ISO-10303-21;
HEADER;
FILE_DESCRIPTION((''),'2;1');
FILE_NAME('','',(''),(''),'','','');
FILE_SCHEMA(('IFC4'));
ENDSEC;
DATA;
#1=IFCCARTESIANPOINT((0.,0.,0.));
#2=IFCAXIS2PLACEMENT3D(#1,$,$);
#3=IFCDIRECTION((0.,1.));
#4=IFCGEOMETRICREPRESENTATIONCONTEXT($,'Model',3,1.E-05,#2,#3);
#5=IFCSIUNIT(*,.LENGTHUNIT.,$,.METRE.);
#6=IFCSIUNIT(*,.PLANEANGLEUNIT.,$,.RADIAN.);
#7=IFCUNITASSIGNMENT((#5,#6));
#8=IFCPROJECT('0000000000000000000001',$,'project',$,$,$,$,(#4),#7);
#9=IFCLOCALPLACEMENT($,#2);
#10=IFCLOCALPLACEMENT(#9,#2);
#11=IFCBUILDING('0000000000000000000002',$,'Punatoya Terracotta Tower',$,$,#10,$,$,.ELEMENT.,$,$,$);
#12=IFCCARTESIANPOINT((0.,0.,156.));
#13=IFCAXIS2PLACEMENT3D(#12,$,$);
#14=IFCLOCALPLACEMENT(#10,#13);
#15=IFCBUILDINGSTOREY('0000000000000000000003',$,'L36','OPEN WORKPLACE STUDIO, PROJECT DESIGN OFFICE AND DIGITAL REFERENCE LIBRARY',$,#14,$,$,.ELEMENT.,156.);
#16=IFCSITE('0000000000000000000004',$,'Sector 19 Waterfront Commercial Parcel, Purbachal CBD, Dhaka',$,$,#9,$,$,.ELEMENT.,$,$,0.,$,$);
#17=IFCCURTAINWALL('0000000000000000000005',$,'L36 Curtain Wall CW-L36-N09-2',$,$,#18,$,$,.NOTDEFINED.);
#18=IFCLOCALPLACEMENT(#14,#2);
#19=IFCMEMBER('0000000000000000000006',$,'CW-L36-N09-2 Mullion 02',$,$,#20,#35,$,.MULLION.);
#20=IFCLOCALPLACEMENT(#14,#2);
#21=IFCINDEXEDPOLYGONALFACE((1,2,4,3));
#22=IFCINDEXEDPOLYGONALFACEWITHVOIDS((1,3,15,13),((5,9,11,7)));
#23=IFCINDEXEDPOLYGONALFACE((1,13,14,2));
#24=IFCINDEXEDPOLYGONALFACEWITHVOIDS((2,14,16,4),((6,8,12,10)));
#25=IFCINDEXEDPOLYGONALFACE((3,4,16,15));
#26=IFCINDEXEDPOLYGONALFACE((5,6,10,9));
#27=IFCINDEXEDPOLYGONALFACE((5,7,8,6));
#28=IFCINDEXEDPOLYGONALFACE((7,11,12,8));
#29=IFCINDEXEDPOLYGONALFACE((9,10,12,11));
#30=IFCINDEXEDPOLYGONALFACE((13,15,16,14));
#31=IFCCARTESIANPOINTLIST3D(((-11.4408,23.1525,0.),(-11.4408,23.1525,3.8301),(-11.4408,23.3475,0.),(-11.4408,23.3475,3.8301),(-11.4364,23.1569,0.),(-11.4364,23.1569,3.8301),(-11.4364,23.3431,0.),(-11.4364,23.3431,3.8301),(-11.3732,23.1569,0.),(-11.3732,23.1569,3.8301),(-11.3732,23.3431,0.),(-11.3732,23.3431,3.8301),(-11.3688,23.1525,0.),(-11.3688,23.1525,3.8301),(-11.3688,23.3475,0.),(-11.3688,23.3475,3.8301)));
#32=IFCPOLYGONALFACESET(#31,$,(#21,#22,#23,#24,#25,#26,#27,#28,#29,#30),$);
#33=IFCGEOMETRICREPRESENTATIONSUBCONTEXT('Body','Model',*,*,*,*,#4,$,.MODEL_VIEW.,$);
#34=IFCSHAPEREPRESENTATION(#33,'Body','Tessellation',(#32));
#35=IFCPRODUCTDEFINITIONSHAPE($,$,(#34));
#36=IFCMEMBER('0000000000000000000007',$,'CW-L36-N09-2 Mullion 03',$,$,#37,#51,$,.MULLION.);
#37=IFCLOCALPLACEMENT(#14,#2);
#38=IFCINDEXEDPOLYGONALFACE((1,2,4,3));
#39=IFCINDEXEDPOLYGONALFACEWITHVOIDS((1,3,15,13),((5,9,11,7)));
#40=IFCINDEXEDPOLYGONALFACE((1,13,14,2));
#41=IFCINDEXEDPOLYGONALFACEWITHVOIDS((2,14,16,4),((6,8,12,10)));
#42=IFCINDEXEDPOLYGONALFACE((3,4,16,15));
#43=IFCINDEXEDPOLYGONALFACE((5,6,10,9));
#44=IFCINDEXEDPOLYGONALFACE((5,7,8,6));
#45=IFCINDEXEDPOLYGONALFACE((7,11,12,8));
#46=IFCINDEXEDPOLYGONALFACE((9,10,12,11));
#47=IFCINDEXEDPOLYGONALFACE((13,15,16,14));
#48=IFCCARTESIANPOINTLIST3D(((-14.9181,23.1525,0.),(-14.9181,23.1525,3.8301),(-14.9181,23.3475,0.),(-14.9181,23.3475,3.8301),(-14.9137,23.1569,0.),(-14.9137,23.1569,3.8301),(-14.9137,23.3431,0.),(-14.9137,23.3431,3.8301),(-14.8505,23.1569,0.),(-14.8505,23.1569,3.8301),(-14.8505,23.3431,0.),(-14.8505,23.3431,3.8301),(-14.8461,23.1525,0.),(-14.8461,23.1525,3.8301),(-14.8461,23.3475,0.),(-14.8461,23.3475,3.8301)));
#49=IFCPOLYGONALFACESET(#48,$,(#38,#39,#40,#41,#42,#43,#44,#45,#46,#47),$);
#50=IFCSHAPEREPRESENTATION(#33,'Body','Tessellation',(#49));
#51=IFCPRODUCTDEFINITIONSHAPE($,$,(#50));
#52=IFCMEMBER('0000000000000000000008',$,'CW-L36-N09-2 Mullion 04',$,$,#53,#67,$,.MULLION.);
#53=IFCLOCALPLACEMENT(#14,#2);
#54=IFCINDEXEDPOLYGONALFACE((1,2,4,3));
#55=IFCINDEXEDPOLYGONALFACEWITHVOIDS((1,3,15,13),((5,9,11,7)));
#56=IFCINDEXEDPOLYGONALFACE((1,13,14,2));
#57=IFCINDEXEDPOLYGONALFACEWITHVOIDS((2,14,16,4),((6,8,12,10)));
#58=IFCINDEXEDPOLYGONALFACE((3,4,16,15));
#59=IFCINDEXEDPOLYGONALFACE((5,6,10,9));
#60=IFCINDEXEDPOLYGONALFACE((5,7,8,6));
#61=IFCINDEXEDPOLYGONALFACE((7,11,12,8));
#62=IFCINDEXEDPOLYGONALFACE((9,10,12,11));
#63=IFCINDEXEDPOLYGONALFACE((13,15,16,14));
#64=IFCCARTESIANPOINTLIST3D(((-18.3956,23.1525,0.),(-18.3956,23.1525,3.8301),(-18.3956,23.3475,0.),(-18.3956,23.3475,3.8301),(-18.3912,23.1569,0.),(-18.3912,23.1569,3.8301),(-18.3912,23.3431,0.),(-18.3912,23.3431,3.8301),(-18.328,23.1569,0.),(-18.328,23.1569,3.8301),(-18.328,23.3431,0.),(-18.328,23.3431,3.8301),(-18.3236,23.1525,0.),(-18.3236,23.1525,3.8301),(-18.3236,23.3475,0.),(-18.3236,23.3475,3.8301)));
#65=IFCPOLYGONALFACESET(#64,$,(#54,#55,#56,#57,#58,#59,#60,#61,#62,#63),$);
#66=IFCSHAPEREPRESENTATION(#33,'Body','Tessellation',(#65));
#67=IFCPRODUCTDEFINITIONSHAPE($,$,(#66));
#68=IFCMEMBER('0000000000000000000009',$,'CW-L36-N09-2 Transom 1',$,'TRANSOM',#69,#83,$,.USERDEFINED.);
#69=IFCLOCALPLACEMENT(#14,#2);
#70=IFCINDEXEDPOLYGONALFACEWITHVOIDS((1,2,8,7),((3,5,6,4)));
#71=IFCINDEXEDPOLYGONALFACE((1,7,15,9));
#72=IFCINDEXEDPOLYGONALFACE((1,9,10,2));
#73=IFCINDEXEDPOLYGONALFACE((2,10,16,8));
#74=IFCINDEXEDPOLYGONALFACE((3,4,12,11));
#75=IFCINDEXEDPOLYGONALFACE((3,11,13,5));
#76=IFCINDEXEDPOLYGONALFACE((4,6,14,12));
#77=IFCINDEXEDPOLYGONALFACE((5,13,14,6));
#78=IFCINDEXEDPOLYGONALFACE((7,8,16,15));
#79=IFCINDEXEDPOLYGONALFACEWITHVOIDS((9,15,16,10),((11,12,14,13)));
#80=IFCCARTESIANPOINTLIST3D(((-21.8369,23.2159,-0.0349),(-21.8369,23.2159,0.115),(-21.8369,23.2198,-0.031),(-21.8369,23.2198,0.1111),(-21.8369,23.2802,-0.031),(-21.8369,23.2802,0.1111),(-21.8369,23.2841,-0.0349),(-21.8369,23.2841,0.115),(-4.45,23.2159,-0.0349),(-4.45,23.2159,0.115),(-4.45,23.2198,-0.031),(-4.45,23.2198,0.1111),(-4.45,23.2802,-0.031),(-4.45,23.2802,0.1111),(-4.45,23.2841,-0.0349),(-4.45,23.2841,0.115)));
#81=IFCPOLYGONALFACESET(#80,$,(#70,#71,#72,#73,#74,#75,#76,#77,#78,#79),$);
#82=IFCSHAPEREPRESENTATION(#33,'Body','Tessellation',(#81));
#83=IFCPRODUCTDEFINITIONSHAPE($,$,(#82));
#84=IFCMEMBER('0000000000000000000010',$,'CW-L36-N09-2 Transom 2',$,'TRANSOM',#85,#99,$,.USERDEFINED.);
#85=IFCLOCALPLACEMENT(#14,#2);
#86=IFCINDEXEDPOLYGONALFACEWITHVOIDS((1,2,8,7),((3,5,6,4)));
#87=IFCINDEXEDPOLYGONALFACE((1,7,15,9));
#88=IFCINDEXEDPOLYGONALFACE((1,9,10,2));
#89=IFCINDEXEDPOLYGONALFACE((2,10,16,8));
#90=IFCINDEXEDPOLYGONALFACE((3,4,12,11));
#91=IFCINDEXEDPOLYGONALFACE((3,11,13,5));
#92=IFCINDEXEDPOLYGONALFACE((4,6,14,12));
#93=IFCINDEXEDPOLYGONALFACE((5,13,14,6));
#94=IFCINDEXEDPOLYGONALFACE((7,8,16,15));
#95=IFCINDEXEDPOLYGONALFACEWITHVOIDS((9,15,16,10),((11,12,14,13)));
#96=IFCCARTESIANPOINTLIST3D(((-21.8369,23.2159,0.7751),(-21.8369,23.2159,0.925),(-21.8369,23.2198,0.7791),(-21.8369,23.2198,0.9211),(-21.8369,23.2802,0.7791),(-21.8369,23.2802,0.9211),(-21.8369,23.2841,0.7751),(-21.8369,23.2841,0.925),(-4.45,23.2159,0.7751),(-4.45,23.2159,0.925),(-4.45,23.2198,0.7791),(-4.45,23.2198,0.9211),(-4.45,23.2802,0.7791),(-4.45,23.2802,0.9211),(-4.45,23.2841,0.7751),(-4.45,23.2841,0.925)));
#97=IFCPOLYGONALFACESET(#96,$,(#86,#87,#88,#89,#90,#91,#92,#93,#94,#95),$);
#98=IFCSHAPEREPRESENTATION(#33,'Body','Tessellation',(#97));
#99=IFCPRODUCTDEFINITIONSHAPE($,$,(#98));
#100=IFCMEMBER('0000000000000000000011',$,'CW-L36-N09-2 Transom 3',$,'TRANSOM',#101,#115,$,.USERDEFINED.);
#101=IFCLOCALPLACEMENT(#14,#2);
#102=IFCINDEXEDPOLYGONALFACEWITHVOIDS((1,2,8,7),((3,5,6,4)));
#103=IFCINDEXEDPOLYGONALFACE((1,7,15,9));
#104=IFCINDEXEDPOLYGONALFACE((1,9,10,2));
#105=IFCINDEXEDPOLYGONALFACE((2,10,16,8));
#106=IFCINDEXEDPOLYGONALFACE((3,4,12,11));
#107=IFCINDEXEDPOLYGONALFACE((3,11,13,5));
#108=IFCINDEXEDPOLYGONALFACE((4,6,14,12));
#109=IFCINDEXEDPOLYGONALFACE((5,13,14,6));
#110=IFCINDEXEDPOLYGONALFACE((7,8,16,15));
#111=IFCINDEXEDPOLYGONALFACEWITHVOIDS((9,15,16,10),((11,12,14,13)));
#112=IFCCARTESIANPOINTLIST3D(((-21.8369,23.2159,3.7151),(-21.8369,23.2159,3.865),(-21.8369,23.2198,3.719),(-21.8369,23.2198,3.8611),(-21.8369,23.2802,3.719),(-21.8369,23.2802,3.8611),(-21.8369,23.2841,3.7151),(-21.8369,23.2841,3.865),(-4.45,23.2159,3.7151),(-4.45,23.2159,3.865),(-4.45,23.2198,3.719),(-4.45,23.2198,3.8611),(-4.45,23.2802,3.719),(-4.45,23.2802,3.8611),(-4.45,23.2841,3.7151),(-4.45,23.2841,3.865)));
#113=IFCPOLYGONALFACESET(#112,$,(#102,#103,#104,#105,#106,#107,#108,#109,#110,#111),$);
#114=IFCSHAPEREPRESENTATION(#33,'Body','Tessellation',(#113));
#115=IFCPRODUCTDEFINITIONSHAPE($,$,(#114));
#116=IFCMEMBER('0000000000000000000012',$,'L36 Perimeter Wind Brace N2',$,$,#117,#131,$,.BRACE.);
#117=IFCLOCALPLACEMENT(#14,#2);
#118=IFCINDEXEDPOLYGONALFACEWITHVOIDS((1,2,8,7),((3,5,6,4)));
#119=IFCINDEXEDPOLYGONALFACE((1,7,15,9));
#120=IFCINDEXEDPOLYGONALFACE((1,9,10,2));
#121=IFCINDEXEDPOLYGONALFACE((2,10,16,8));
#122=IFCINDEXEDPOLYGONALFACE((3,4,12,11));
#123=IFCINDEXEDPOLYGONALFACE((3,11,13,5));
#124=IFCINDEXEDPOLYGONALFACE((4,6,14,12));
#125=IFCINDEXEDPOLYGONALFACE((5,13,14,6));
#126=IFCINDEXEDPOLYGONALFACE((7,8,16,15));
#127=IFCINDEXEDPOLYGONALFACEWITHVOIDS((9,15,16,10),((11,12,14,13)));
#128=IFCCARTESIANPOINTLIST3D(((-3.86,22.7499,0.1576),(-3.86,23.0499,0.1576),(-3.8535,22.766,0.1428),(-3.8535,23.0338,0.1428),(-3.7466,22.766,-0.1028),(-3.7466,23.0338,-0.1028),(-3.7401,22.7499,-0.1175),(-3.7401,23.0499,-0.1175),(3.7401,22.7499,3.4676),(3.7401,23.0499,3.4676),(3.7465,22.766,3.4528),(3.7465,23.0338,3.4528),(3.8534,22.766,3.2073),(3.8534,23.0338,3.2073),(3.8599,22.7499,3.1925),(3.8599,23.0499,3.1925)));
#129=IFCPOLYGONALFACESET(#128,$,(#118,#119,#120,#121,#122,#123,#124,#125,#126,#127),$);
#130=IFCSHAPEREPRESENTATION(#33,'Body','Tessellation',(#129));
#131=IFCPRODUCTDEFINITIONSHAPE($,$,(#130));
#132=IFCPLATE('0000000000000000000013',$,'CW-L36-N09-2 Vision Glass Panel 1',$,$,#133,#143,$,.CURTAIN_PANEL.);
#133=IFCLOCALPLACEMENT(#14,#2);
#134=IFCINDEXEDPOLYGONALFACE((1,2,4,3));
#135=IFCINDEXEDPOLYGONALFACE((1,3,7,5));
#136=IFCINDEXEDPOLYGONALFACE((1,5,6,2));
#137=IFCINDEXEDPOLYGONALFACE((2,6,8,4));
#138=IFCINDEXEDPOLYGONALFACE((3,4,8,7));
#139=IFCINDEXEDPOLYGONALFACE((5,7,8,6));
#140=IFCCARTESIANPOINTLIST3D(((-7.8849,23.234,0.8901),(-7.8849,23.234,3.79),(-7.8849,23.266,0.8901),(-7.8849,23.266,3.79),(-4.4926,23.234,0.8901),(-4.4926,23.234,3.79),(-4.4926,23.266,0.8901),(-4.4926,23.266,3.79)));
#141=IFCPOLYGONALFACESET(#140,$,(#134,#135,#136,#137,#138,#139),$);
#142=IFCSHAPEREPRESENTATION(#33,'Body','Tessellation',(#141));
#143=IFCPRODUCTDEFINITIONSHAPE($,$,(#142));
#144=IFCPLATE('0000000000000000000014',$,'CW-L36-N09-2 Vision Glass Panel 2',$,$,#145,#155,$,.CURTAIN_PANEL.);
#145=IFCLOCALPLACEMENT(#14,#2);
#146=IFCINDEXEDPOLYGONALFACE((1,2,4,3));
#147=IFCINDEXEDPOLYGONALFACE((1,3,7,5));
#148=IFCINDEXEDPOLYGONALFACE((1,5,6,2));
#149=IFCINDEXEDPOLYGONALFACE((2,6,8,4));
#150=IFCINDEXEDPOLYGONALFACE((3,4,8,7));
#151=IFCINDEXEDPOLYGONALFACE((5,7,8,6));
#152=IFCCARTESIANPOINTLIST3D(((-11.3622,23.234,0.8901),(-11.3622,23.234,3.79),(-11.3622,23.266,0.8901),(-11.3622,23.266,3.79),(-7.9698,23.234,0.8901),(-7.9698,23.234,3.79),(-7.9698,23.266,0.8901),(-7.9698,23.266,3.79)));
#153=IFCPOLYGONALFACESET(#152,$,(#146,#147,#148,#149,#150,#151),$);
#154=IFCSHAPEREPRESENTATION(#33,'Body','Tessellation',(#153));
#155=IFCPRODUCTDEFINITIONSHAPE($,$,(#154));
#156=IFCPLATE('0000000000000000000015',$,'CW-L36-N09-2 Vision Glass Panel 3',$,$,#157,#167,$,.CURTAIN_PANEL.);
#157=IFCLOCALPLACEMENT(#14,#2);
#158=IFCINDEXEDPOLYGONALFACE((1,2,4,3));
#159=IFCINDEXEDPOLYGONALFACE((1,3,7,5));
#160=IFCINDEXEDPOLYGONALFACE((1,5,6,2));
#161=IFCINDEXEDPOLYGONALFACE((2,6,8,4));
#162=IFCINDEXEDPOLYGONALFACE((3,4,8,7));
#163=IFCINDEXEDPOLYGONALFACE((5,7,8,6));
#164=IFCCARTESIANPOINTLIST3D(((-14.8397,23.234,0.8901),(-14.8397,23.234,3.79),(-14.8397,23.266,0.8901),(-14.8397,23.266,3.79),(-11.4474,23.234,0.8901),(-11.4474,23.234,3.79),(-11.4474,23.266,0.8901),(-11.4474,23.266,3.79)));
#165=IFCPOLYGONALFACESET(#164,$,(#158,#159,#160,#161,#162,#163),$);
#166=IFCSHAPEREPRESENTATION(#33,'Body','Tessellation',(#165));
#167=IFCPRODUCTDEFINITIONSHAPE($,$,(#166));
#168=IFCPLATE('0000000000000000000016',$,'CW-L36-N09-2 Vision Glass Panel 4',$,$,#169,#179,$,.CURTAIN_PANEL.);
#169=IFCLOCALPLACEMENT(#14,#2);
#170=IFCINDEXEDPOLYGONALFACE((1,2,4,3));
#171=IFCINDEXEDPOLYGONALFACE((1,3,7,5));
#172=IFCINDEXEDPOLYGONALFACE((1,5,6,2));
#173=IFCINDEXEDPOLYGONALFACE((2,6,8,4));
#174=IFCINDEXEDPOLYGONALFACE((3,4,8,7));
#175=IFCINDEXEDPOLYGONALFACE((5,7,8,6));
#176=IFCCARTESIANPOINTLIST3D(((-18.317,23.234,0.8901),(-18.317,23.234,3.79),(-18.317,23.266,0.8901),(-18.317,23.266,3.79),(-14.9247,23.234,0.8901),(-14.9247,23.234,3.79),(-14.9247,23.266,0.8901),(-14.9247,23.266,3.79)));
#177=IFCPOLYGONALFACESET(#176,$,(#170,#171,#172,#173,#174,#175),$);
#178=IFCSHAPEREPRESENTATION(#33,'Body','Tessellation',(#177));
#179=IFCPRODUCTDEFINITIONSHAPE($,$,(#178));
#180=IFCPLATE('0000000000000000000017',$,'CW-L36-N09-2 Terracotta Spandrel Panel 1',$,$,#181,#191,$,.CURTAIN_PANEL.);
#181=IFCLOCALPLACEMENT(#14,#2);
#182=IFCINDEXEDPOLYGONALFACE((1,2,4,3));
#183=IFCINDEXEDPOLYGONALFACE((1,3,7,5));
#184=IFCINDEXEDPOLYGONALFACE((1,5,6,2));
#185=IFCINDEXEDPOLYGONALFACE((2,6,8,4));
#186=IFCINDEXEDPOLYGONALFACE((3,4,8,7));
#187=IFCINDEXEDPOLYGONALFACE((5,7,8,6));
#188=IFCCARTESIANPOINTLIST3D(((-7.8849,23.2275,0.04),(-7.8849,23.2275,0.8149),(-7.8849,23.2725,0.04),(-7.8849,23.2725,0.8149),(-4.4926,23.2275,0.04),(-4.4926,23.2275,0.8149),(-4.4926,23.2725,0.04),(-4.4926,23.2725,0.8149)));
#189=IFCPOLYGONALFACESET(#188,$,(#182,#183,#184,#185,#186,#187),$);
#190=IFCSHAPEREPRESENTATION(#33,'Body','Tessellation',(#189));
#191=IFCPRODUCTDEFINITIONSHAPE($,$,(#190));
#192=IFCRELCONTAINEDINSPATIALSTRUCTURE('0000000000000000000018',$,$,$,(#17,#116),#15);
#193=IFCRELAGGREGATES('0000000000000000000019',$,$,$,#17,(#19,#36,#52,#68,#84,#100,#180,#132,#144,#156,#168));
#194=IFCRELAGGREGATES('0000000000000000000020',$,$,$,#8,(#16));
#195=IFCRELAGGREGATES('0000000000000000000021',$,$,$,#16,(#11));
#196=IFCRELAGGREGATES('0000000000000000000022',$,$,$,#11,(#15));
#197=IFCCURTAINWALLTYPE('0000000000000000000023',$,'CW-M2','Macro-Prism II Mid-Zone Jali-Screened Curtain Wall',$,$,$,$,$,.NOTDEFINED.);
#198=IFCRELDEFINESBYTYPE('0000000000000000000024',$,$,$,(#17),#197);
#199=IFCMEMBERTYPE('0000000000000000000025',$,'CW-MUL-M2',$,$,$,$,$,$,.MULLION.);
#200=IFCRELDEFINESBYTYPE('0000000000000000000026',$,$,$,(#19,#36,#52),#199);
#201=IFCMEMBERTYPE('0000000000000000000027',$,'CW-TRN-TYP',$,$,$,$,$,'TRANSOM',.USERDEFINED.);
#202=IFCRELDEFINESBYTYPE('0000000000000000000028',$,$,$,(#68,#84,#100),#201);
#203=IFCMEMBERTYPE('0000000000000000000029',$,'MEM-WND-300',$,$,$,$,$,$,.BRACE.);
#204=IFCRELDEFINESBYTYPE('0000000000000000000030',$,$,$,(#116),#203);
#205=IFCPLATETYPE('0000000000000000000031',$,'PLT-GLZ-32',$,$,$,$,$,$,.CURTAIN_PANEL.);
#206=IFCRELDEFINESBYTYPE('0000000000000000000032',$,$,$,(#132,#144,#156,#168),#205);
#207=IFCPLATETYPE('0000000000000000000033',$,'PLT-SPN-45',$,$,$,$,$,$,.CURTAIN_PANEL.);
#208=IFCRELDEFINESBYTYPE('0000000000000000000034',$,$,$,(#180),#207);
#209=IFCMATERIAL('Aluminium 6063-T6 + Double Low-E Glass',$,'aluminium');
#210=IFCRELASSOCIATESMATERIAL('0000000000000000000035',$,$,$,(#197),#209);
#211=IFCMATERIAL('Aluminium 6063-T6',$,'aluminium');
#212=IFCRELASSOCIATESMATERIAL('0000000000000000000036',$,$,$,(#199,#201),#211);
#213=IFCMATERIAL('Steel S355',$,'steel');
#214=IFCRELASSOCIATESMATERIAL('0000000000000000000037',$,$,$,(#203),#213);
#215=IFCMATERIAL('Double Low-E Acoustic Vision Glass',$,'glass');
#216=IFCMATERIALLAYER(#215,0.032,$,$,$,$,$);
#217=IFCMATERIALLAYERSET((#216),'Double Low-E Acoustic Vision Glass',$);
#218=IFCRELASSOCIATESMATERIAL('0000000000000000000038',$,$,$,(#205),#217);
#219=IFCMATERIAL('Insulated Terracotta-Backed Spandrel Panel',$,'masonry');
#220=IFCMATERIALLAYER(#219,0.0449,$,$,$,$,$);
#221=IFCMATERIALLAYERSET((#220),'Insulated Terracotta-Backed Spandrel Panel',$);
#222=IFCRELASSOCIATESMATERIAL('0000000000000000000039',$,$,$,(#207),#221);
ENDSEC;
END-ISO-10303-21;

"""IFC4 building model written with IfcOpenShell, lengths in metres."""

from ifc_helpers import new_model, si_unit, direction, frame, origin, origin_2d, place, context, subcontext, project, spatial, rectangle, hollow_rectangle, extrude, material, layer, layer_set, material_profile, profile_set, type_object, element, aggregate, save


model = new_model("IFC4")

# Units and contexts
model_context = context("Model", 3, precision=1e-05, world=origin(), true_north=direction((0.0, 1.0)))
body_context = subcontext(model_context, "Body", "Model", "MODEL_VIEW")
ifc_project = project(units=[si_unit("LENGTHUNIT", "METRE"), si_unit("PLANEANGLEUNIT", "RADIAN")], contexts=[model_context])

# Site, building, storey
site_placement = place(None, origin())
site = spatial("IfcSite", under=ifc_project, at=site_placement, Name="Sector 19 Waterfront Commercial Parcel, Purbachal CBD, Dhaka", CompositionType="ELEMENT", RefElevation=0.0)
building_placement = place(site_placement, origin())
building = spatial("IfcBuilding", under=site, at=building_placement, Name="Punatoya Terracotta Tower", CompositionType="ELEMENT")
storey_placement = place(building_placement, frame((0.0, 0.0, 156.0)))
storey = spatial("IfcBuildingStorey", under=building, at=storey_placement, Name="L36", Description="OPEN WORKPLACE STUDIO, PROJECT DESIGN OFFICE AND DIGITAL REFERENCE LIBRARY", CompositionType="ELEMENT", Elevation=156.0)

# Curtain wall, members
ifc_material_1 = material(Name="Aluminium 6063-T6 + Double Low-E Glass", Category="aluminium")
curtain_wall_type = type_object("IfcCurtainWallType", Name="CW-M2", Description="Macro-Prism II Mid-Zone Jali-Screened Curtain Wall", PredefinedType="NOTDEFINED", material=ifc_material_1)
curtain_wall_placement = place(storey_placement, origin())
curtain_wall = element("IfcCurtainWall", 1, at=curtain_wall_placement, inside=storey, type_object=curtain_wall_type, Name="L36 Curtain Wall CW-L36-N09-2", PredefinedType="NOTDEFINED")
ifc_material_2 = material(Name="Aluminium 6063-T6", Category="aluminium")
ifc_material_profile_1 = material_profile(ifc_material_2, hollow_rectangle(XDim=0.072, YDim=0.1951, WallThickness=0.0044, at=origin_2d()))
ifc_profile_set_1 = profile_set([ifc_material_profile_1], Name="Aluminium 6063-T6")
member_type_1 = type_object("IfcMemberType", Name="CW-MUL-M2", PredefinedType="MULLION", material=ifc_profile_set_1)
member_1_placement = place(storey_placement, frame((-11.4048, 23.25, 0.0), z_axis=(0.0, 0.0, 1.0), x_axis=(1.0, 0.0, 0.0)))
member_1 = element("IfcMember", 2, at=member_1_placement, type_object=member_type_1, Name="CW-L36-N09-2 Mullion 02", PredefinedType="MULLION", context=body_context, shape_type="SweptSolid", body=[
    extrude(hollow_rectangle(XDim=0.072, YDim=0.1951, WallThickness=0.0044, at=origin_2d()), origin(), (0.0, 0.0, 1.0), 3.8301),
])
member_2_placement = place(storey_placement, frame((-14.8821, 23.25, 0.0), z_axis=(0.0, 0.0, 1.0), x_axis=(1.0, 0.0, 0.0)))
member_2 = element("IfcMember", 3, at=member_2_placement, type_object=member_type_1, Name="CW-L36-N09-2 Mullion 03", PredefinedType="MULLION", context=body_context, shape_type="SweptSolid", body=[
    extrude(hollow_rectangle(XDim=0.072, YDim=0.1951, WallThickness=0.0044, at=origin_2d()), origin(), (0.0, 0.0, 1.0), 3.8301),
])
member_3_placement = place(storey_placement, frame((-18.3596, 23.25, 0.0), z_axis=(0.0, 0.0, 1.0), x_axis=(1.0, 0.0, 0.0)))
member_3 = element("IfcMember", 4, at=member_3_placement, type_object=member_type_1, Name="CW-L36-N09-2 Mullion 04", PredefinedType="MULLION", context=body_context, shape_type="SweptSolid", body=[
    extrude(hollow_rectangle(XDim=0.072, YDim=0.1951, WallThickness=0.0044, at=origin_2d()), origin(), (0.0, 0.0, 1.0), 3.8301),
])
ifc_material_profile_2 = material_profile(ifc_material_2, hollow_rectangle(XDim=0.0681, YDim=0.1499, WallThickness=0.0039, at=origin_2d()))
ifc_profile_set_2 = profile_set([ifc_material_profile_2], Name="Aluminium 6063-T6")
member_type_2 = type_object("IfcMemberType", Name="CW-TRN-TYP", ElementType="TRANSOM", PredefinedType="USERDEFINED", material=ifc_profile_set_2)
member_4_placement = place(storey_placement, frame((-4.45, 23.25, 0.04), z_axis=(-1.0, 0.0, 0.0), x_axis=(0.0, -1.0, 0.0)))
member_4 = element("IfcMember", 5, at=member_4_placement, type_object=member_type_2, Name="CW-L36-N09-2 Transom 1", ObjectType="TRANSOM", PredefinedType="USERDEFINED", context=body_context, shape_type="SweptSolid", body=[
    extrude(hollow_rectangle(XDim=0.0681, YDim=0.1499, WallThickness=0.0039, at=origin_2d()), origin(), (0.0, 0.0, 1.0), 17.387),
])
member_5_placement = place(storey_placement, frame((-4.45, 23.25, 0.8501), z_axis=(-1.0, 0.0, 0.0), x_axis=(0.0, -1.0, 0.0)))
member_5 = element("IfcMember", 6, at=member_5_placement, type_object=member_type_2, Name="CW-L36-N09-2 Transom 2", ObjectType="TRANSOM", PredefinedType="USERDEFINED", context=body_context, shape_type="SweptSolid", body=[
    extrude(hollow_rectangle(XDim=0.0681, YDim=0.1499, WallThickness=0.0039, at=origin_2d()), origin(), (0.0, 0.0, 1.0), 17.387),
])
member_6_placement = place(storey_placement, frame((-4.45, 23.25, 3.79), z_axis=(-1.0, 0.0, 0.0), x_axis=(0.0, -1.0, 0.0)))
member_6 = element("IfcMember", 7, at=member_6_placement, type_object=member_type_2, Name="CW-L36-N09-2 Transom 3", ObjectType="TRANSOM", PredefinedType="USERDEFINED", context=body_context, shape_type="SweptSolid", body=[
    extrude(hollow_rectangle(XDim=0.0681, YDim=0.1499, WallThickness=0.0039, at=origin_2d()), origin(), (0.0, 0.0, 1.0), 17.387),
])

# Member
ifc_material_3 = material(Name="Steel S355", Category="steel")
ifc_material_profile_3 = material_profile(ifc_material_3, hollow_rectangle(XDim=0.3, YDim=0.3, WallThickness=0.0161, at=origin_2d()))
ifc_profile_set_3 = profile_set([ifc_material_profile_3], Name="Steel S355")
member_type_3 = type_object("IfcMemberType", Name="MEM-WND-300", PredefinedType="BRACE", material=ifc_profile_set_3)
member_7_placement = place(storey_placement, frame((-3.8, 22.8999, 0.02), z_axis=(0.91682, 0.0, 0.399301), x_axis=(0.0, 1.0, 0.0)))
element("IfcMember", 8, at=member_7_placement, inside=storey, type_object=member_type_3, Name="L36 Perimeter Wind Brace N2", PredefinedType="BRACE", context=body_context, shape_type="SweptSolid", body=[
    extrude(hollow_rectangle(XDim=0.3, YDim=0.3, WallThickness=0.0161, at=origin_2d()), origin(), (0.0, 0.0, 1.0), 8.2896),
])

# Plates
ifc_material_4 = material(Name="Double Low-E Acoustic Vision Glass", Category="glass")
ifc_layer_1 = layer(ifc_material_4, 0.032)
ifc_layer_set_1 = layer_set([ifc_layer_1], Name="Double Low-E Acoustic Vision Glass")
plate_type_1 = type_object("IfcPlateType", Name="PLT-GLZ-32", PredefinedType="CURTAIN_PANEL", material=ifc_layer_set_1)
plate_1_placement = place(storey_placement, frame((-6.1887, 23.25, 0.8901), z_axis=(0.0, 0.0, 1.0), x_axis=(-1.0, 0.0, 0.0)))
plate_1 = element("IfcPlate", 9, at=plate_1_placement, type_object=plate_type_1, Name="CW-L36-N09-2 Vision Glass Panel 1", PredefinedType="CURTAIN_PANEL", context=body_context, shape_type="SweptSolid", body=[
    extrude(rectangle(XDim=3.3923, YDim=0.032, at=origin_2d()), origin(), (0.0, 0.0, 1.0), 2.8999),
])
plate_2_placement = place(storey_placement, frame((-9.666, 23.25, 0.8901), z_axis=(0.0, 0.0, 1.0), x_axis=(-1.0, 0.0, 0.0)))
plate_2 = element("IfcPlate", 10, at=plate_2_placement, type_object=plate_type_1, Name="CW-L36-N09-2 Vision Glass Panel 2", PredefinedType="CURTAIN_PANEL", context=body_context, shape_type="SweptSolid", body=[
    extrude(rectangle(XDim=3.3923, YDim=0.032, at=origin_2d()), origin(), (0.0, 0.0, 1.0), 2.8999),
])
plate_3_placement = place(storey_placement, frame((-13.1436, 23.25, 0.8901), z_axis=(0.0, 0.0, 1.0), x_axis=(-1.0, 0.0, 0.0)))
plate_3 = element("IfcPlate", 11, at=plate_3_placement, type_object=plate_type_1, Name="CW-L36-N09-2 Vision Glass Panel 3", PredefinedType="CURTAIN_PANEL", context=body_context, shape_type="SweptSolid", body=[
    extrude(rectangle(XDim=3.3923, YDim=0.032, at=origin_2d()), origin(), (0.0, 0.0, 1.0), 2.8999),
])
plate_4_placement = place(storey_placement, frame((-16.6208, 23.25, 0.8901), z_axis=(0.0, 0.0, 1.0), x_axis=(-1.0, 0.0, 0.0)))
plate_4 = element("IfcPlate", 12, at=plate_4_placement, type_object=plate_type_1, Name="CW-L36-N09-2 Vision Glass Panel 4", PredefinedType="CURTAIN_PANEL", context=body_context, shape_type="SweptSolid", body=[
    extrude(rectangle(XDim=3.3923, YDim=0.032, at=origin_2d()), origin(), (0.0, 0.0, 1.0), 2.8999),
])
ifc_material_5 = material(Name="Insulated Terracotta-Backed Spandrel Panel", Category="masonry")
ifc_layer_2 = layer(ifc_material_5, 0.0449)
ifc_layer_set_2 = layer_set([ifc_layer_2], Name="Insulated Terracotta-Backed Spandrel Panel")
plate_type_2 = type_object("IfcPlateType", Name="PLT-SPN-45", PredefinedType="CURTAIN_PANEL", material=ifc_layer_set_2)
plate_5_placement = place(storey_placement, frame((-6.1887, 23.25, 0.04), z_axis=(0.0, 0.0, 1.0), x_axis=(-1.0, 0.0, 0.0)))
plate_5 = element("IfcPlate", 13, at=plate_5_placement, type_object=plate_type_2, Name="CW-L36-N09-2 Terracotta Spandrel Panel 1", PredefinedType="CURTAIN_PANEL", context=body_context, shape_type="SweptSolid", body=[
    extrude(rectangle(XDim=3.3923, YDim=0.0449, at=origin_2d()), origin(), (0.0, 0.0, 1.0), 0.7749),
])
aggregate(curtain_wall, [member_1, member_2, member_3, member_4, member_5, member_6, plate_5, plate_1, plate_2, plate_3, plate_4])

save(model, "model.ifc")
